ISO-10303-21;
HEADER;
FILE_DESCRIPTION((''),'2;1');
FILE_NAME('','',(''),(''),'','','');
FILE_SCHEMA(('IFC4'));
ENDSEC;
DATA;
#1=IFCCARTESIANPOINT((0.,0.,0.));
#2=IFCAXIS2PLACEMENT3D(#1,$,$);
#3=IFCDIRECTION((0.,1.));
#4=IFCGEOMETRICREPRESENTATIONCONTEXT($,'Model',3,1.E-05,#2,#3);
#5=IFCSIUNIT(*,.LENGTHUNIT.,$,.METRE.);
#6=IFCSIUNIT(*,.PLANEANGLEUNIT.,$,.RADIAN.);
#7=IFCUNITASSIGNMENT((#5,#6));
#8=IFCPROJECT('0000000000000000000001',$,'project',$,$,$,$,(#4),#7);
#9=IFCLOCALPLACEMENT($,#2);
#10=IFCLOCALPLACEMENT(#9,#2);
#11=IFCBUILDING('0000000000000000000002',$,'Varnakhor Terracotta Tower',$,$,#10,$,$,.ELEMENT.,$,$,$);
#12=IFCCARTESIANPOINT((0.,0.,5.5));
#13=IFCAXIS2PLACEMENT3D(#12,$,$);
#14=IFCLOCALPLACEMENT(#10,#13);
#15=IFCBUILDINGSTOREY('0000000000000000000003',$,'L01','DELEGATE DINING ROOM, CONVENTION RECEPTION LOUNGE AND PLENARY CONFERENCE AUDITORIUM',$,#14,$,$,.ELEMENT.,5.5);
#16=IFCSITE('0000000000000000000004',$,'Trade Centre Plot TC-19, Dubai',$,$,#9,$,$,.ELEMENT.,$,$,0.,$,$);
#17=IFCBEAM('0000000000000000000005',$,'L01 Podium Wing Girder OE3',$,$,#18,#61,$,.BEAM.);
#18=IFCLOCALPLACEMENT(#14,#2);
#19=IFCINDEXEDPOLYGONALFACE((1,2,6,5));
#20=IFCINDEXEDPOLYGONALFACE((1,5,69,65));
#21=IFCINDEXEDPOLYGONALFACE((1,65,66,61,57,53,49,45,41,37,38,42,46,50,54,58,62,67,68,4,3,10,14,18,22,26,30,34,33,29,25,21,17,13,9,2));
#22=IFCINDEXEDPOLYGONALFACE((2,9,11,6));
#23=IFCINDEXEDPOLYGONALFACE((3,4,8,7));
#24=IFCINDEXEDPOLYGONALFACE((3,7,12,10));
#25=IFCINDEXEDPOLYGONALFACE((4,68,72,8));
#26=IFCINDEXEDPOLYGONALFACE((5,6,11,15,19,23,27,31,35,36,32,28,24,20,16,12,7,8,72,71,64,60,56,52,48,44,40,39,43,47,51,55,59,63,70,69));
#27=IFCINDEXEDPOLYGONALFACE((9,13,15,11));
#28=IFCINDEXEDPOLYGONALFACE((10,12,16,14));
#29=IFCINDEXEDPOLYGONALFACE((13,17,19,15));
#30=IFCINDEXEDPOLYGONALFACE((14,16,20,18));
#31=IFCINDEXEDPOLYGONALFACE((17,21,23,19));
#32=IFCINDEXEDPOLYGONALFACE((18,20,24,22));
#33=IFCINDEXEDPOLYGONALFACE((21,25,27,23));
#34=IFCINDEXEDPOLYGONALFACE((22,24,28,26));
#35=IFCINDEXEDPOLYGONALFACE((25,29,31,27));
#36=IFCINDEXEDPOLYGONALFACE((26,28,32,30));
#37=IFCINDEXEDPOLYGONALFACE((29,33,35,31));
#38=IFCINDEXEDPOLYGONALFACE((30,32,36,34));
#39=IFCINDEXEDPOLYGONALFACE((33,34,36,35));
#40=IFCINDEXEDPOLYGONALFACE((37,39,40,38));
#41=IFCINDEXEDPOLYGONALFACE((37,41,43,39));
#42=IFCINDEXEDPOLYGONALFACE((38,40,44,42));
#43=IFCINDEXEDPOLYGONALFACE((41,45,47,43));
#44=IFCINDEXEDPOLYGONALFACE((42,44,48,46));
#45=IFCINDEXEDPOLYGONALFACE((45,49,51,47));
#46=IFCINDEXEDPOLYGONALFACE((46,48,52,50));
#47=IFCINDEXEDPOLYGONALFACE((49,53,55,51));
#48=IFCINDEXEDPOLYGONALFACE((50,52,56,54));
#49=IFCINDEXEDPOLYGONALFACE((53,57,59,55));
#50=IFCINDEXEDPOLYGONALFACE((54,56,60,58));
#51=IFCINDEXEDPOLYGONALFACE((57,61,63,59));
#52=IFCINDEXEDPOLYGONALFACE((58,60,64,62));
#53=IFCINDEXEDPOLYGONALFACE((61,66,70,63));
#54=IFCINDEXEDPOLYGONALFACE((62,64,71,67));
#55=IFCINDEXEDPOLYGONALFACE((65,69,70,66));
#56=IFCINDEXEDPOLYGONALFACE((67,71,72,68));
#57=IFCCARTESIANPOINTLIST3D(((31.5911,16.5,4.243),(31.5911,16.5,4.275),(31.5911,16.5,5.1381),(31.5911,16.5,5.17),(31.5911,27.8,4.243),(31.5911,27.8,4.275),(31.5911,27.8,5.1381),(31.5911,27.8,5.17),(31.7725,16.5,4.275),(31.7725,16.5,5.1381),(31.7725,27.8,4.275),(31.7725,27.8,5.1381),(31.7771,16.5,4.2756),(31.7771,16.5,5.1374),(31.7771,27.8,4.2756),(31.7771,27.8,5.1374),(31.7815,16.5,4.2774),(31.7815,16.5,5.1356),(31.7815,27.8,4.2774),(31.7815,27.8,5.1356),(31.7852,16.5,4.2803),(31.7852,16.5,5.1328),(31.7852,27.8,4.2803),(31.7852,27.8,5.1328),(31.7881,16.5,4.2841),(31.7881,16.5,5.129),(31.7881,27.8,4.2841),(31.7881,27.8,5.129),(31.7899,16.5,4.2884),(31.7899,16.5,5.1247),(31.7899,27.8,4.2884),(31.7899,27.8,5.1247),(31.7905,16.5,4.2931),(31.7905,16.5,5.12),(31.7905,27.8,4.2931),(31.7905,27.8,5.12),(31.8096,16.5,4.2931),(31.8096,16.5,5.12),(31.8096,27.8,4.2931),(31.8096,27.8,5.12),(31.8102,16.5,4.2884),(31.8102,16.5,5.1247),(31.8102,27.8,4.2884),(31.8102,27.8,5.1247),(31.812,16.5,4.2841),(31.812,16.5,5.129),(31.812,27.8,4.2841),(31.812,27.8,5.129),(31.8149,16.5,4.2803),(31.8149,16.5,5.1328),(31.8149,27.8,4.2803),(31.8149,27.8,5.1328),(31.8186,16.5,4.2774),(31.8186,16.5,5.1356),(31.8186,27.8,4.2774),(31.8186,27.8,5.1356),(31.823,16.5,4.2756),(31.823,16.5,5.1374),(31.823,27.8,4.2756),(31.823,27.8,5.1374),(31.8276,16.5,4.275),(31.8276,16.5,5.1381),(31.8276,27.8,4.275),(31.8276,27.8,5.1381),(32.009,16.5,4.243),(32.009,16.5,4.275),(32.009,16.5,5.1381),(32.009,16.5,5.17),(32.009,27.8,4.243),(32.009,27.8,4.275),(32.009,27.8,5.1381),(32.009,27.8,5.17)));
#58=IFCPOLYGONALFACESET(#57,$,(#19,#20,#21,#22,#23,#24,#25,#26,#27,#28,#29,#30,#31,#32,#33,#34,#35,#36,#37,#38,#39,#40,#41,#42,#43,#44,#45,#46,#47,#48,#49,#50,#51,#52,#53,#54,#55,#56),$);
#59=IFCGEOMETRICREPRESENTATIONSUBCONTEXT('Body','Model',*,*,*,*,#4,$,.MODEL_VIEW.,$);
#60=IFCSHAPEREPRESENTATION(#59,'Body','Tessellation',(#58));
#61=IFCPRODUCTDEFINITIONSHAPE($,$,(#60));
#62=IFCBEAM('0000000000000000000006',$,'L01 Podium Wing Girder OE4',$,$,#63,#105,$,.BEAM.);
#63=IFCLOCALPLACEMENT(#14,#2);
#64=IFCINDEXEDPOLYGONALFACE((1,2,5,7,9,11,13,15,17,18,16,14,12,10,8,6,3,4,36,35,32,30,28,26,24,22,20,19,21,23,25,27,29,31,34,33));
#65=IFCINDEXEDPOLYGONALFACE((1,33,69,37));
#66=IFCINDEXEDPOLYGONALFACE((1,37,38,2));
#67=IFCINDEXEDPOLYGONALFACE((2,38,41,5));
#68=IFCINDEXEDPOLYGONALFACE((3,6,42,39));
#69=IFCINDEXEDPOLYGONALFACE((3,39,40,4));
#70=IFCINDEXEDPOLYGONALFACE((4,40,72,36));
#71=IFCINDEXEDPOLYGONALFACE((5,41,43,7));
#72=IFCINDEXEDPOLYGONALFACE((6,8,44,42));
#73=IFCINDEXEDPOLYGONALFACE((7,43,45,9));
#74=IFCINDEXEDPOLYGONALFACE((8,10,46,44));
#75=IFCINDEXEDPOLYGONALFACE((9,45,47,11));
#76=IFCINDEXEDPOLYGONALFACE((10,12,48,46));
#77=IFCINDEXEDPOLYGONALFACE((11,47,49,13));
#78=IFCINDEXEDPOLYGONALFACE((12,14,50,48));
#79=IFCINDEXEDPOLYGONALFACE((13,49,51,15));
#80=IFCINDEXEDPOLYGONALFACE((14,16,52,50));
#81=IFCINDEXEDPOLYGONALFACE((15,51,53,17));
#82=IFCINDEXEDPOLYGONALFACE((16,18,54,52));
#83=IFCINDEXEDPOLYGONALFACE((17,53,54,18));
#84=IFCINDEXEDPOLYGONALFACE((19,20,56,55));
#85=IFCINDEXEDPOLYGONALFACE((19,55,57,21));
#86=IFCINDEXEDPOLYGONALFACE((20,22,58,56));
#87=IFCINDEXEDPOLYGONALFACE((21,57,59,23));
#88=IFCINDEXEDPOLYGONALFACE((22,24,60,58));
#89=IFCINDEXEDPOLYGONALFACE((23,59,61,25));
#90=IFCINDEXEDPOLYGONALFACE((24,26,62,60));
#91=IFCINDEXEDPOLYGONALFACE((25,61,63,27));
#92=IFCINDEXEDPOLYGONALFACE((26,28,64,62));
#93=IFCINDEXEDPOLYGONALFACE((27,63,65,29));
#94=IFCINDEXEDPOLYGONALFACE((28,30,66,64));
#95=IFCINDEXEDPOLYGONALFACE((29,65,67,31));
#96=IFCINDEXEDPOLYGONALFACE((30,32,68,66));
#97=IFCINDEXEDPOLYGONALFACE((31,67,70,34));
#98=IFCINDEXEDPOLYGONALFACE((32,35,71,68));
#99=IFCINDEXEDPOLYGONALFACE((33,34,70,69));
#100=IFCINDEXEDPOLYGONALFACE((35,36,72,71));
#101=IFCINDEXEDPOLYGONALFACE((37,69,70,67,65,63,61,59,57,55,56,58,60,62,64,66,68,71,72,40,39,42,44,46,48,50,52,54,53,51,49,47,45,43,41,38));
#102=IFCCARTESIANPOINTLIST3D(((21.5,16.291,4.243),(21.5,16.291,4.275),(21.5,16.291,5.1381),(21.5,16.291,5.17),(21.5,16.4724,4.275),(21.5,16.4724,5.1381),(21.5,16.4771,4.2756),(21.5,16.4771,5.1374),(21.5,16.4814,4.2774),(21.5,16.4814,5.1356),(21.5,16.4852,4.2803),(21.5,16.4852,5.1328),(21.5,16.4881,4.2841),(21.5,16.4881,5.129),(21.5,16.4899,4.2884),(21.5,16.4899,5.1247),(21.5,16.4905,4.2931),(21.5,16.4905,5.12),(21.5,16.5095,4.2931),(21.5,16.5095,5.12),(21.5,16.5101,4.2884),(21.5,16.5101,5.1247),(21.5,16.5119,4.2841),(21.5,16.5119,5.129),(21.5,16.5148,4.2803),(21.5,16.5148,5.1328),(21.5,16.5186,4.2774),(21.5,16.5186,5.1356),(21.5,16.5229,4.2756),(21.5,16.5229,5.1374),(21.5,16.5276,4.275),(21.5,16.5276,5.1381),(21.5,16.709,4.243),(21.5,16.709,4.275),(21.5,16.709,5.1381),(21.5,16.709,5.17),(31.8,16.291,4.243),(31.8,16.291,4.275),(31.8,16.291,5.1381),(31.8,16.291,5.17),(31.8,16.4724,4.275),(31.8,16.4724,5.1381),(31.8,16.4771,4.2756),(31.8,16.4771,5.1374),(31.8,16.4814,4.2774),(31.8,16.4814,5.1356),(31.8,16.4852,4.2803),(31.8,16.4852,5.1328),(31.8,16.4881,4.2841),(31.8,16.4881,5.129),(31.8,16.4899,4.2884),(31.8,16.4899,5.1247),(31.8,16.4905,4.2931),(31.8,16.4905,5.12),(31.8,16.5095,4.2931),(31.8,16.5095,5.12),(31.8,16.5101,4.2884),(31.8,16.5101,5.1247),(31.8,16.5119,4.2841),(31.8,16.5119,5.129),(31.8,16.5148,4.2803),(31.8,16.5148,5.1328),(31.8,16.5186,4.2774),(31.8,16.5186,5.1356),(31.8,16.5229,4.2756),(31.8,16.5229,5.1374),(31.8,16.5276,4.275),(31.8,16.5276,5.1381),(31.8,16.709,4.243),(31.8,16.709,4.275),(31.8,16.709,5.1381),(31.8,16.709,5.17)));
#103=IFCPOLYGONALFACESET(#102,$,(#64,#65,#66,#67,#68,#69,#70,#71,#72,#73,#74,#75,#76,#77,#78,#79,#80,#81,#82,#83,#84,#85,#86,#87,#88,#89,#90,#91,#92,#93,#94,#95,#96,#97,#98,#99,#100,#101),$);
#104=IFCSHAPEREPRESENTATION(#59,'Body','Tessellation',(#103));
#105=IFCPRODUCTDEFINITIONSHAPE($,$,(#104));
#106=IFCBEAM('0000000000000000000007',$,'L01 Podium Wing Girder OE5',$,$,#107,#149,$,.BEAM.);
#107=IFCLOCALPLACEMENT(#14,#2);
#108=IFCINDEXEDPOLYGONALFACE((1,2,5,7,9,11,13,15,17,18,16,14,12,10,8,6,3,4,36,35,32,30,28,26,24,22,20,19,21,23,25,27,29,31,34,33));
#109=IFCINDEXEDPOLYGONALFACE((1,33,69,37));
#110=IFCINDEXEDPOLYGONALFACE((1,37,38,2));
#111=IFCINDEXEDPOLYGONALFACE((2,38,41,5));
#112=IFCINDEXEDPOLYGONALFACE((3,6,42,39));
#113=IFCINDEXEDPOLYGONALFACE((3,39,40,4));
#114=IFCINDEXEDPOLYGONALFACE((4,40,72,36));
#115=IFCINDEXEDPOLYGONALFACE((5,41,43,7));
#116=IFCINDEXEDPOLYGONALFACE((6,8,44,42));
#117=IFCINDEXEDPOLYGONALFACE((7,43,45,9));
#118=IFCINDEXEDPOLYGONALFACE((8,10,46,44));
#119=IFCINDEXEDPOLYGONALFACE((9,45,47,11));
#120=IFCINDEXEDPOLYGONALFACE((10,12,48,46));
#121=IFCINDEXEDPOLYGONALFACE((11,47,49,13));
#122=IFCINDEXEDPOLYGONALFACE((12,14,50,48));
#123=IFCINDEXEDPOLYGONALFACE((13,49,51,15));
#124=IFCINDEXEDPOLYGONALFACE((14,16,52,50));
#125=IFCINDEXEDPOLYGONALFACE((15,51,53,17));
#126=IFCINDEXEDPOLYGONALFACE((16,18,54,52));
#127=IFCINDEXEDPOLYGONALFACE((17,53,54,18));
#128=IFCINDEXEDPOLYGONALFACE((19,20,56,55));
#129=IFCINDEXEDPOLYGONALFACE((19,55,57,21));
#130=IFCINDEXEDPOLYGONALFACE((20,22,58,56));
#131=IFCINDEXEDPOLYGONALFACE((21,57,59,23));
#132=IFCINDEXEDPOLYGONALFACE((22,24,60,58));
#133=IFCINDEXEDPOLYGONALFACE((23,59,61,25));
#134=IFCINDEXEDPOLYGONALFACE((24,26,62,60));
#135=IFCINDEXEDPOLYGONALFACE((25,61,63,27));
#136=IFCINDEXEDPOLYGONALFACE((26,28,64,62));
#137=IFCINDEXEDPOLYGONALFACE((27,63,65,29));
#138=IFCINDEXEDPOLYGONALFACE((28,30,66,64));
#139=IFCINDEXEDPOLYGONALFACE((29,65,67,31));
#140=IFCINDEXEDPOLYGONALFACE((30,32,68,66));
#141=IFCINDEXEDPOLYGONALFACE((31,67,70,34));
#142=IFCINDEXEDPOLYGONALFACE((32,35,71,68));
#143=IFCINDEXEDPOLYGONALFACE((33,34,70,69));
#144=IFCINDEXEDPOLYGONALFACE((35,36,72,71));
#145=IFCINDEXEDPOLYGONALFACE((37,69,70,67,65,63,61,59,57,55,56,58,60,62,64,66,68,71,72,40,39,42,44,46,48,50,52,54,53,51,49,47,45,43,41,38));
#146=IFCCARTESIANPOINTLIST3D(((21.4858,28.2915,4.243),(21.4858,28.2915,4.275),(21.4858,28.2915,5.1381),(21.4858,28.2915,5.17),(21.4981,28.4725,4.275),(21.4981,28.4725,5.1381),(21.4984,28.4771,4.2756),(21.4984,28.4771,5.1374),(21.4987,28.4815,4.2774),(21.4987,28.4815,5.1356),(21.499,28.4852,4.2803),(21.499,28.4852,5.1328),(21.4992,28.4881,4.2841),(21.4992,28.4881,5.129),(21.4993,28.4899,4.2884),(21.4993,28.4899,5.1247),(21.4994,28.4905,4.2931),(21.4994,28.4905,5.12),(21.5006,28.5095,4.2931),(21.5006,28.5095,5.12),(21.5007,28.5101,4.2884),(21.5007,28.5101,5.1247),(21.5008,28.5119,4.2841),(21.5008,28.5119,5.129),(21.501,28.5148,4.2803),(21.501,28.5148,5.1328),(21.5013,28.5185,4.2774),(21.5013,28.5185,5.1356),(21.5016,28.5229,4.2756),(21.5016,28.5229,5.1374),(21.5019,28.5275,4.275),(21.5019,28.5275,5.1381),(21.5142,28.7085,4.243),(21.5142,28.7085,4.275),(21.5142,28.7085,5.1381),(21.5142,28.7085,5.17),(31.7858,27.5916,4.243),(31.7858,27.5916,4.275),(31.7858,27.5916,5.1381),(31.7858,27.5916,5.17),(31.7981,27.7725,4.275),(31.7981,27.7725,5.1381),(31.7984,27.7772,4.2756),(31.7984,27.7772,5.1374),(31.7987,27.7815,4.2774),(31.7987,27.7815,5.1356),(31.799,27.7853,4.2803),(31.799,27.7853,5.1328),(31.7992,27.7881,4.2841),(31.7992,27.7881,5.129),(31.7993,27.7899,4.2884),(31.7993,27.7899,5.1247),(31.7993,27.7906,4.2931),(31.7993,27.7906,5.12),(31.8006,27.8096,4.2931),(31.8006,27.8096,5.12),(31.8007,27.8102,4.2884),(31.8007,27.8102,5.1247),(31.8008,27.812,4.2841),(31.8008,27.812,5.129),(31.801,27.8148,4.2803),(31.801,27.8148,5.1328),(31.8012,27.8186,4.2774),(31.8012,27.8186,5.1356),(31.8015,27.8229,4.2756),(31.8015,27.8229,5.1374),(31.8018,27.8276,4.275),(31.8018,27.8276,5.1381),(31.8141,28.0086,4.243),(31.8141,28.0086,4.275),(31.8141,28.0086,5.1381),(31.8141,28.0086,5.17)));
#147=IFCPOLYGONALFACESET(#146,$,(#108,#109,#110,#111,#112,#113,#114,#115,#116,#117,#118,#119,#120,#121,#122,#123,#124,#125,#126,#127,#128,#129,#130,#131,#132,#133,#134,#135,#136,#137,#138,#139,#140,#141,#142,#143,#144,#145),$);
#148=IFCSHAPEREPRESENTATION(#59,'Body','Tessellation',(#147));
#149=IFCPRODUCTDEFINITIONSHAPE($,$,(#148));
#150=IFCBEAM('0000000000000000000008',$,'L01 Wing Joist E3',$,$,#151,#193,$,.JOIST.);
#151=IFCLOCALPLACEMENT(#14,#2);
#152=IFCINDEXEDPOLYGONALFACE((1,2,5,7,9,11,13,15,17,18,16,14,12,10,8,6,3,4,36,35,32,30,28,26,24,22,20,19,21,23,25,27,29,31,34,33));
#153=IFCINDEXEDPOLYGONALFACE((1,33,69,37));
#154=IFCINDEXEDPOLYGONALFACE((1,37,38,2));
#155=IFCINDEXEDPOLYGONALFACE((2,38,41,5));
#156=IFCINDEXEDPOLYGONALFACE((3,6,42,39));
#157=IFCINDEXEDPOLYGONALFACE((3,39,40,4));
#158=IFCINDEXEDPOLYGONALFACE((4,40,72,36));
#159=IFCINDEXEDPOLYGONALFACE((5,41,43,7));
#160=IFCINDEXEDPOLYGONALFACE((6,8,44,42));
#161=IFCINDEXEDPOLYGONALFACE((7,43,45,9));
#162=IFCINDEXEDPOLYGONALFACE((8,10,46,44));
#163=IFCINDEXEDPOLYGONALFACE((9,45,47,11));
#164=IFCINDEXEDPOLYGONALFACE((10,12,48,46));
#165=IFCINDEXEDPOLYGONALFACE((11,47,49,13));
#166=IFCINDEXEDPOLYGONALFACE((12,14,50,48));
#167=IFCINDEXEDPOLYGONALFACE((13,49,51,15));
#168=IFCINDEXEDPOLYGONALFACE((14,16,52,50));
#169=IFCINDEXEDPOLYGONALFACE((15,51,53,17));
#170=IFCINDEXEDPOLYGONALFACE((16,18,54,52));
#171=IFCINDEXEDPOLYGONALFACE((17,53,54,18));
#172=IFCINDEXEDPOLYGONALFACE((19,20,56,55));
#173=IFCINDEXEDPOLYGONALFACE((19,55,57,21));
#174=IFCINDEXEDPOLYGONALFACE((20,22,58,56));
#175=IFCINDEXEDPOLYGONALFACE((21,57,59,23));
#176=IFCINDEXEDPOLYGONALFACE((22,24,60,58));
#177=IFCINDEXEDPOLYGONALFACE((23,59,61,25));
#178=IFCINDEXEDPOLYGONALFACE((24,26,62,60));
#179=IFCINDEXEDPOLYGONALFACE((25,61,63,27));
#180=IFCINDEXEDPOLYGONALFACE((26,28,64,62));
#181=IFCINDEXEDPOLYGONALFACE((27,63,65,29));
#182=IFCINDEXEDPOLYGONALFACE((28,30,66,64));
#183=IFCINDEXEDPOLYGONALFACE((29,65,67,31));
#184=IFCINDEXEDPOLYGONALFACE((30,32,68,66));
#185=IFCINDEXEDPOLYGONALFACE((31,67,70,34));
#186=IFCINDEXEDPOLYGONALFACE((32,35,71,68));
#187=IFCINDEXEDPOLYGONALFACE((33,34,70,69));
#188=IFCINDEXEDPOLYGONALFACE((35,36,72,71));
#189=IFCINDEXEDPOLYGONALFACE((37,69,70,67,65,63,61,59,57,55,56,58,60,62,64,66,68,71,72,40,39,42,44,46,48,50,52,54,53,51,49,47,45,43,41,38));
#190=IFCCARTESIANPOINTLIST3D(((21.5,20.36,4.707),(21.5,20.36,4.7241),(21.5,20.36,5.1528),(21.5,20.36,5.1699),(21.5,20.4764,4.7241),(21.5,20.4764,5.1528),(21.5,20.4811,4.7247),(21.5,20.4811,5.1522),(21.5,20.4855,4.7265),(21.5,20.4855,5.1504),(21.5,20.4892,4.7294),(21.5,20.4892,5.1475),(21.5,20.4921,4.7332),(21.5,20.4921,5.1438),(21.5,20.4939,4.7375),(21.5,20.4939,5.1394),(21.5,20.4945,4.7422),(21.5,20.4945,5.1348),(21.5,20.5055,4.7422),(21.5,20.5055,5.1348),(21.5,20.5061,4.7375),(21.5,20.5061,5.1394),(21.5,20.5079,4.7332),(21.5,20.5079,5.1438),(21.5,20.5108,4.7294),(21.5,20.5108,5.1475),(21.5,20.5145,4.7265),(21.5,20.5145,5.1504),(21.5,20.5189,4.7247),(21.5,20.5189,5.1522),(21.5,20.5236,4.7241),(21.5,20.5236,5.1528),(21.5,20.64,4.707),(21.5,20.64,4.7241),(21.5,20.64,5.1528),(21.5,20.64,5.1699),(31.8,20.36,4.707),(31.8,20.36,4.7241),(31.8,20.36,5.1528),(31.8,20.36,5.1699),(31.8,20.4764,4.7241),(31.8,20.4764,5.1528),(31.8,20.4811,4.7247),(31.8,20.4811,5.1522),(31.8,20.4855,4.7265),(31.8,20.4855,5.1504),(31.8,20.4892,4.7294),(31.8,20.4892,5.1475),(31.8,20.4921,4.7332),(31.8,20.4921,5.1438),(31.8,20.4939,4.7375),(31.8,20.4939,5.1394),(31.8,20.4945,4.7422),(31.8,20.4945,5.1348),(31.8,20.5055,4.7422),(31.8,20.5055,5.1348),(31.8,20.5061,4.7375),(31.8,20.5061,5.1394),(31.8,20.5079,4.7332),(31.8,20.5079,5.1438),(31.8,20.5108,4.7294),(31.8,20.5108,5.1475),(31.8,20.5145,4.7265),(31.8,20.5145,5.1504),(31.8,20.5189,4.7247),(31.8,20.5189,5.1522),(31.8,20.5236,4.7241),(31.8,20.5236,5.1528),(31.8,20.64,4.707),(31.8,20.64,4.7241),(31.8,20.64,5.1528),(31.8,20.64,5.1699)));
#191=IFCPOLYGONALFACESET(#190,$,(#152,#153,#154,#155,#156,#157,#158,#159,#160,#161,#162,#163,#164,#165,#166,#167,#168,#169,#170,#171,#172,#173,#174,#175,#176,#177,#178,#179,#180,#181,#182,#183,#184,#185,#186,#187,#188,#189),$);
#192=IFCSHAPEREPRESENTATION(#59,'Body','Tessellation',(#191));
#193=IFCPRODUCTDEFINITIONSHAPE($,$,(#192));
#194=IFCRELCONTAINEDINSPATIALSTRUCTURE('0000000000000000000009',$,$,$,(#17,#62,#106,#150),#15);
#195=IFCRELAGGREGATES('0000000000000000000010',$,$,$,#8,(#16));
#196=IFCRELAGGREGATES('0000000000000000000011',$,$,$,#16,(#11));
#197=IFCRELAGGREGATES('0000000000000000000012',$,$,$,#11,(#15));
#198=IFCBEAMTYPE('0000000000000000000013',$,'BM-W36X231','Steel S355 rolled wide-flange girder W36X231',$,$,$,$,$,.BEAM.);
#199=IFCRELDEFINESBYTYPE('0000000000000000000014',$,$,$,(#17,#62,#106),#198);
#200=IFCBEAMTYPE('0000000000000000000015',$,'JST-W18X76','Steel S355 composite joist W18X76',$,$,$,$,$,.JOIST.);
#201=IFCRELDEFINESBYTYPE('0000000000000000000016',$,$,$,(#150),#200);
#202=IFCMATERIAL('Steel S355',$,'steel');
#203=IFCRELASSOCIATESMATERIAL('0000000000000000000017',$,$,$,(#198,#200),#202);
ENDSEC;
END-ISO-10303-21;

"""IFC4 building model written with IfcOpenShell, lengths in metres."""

from ifc_helpers import new_model, si_unit, direction, frame, origin, origin_2d, place, context, subcontext, project, spatial, i_section, extrude, source, transform, mapped, material, material_profile, profile_set, type_object, element, save


model = new_model("IFC4")

# Units and contexts
model_context = context("Model", 3, precision=1e-05, world=origin(), true_north=direction((0.0, 1.0)))
body_context = subcontext(model_context, "Body", "Model", "MODEL_VIEW")
ifc_project = project(units=[si_unit("LENGTHUNIT", "METRE"), si_unit("PLANEANGLEUNIT", "RADIAN")], contexts=[model_context])

# Site, building, storey
site_placement = place(None, origin())
site = spatial("IfcSite", under=ifc_project, at=site_placement, Name="Trade Centre Plot TC-19, Dubai", CompositionType="ELEMENT", RefElevation=0.0)
building_placement = place(site_placement, origin())
building = spatial("IfcBuilding", under=site, at=building_placement, Name="Varnakhor Terracotta Tower", CompositionType="ELEMENT")
storey_placement = place(building_placement, frame((0.0, 0.0, 5.5)))
storey = spatial("IfcBuildingStorey", under=building, at=storey_placement, Name="L01", Description="DELEGATE DINING ROOM, CONVENTION RECEPTION LOUNGE AND PLENARY CONFERENCE AUDITORIUM", CompositionType="ELEMENT", Elevation=5.5)

# Beams
ifc_material_1 = material(Name="Steel S355", Category="steel")
ifc_material_profile_1 = material_profile(ifc_material_1, i_section(OverallWidth=0.418, OverallDepth=0.927, WebThickness=0.019, FlangeThickness=0.032, FilletRadius=0.0181, at=origin_2d()), Name="W36X231")
ifc_profile_set_1 = profile_set([ifc_material_profile_1], Name="Steel S355")
beam_type_1 = type_object("IfcBeamType", Name="BM-W36X231", Description="Steel S355 rolled wide-flange girder W36X231", PredefinedType="BEAM", material=ifc_profile_set_1)
shared_shape_1 = source(origin(), body_context, "Body", "SweptSolid", [
    extrude(i_section(OverallWidth=0.418, OverallDepth=0.927, WebThickness=0.019, FlangeThickness=0.032, FilletRadius=0.0181, at=origin_2d()), origin(), (0.0, 0.0, 1.0), 11.3),
])
beam_1_placement = place(storey_placement, frame((31.8, 16.5, 4.7065), z_axis=(0.0, 1.0, 0.0), x_axis=(-1.0, 0.0, 0.0)))
element("IfcBeam", 1, at=beam_1_placement, inside=storey, type_object=beam_type_1, Name="L01 Podium Wing Girder OE3", PredefinedType="BEAM", context=body_context, shape_type="MappedRepresentation", body=[
    mapped(shared_shape_1, transform((0.0, 0.0, 0.0), scale=1.0)),
])
shared_shape_2 = source(origin(), body_context, "Body", "SweptSolid", [
    extrude(i_section(OverallWidth=0.418, OverallDepth=0.927, WebThickness=0.019, FlangeThickness=0.032, FilletRadius=0.0181, at=origin_2d()), origin(), (0.0, 0.0, 1.0), 10.3),
])
beam_2_placement = place(storey_placement, frame((21.5, 16.5, 4.7065), z_axis=(1.0, 0.0, 0.0), x_axis=(0.0, 1.0, 0.0)))
element("IfcBeam", 2, at=beam_2_placement, inside=storey, type_object=beam_type_1, Name="L01 Podium Wing Girder OE4", PredefinedType="BEAM", context=body_context, shape_type="MappedRepresentation", body=[
    mapped(shared_shape_2, transform((0.0, 0.0, 0.0), scale=1.0)),
])
shared_shape_3 = source(origin(), body_context, "Body", "SweptSolid", [
    extrude(i_section(OverallWidth=0.418, OverallDepth=0.927, WebThickness=0.019, FlangeThickness=0.032, FilletRadius=0.0181, at=origin_2d()), origin(), (0.0, 0.0, 1.0), 10.3237),
])
beam_3_placement = place(storey_placement, frame((21.5, 28.5, 4.7065), z_axis=(0.997699, -0.0678, 0.0), x_axis=(0.0678, 0.997699, 0.0)))
element("IfcBeam", 3, at=beam_3_placement, inside=storey, type_object=beam_type_1, Name="L01 Podium Wing Girder OE5", PredefinedType="BEAM", context=body_context, shape_type="MappedRepresentation", body=[
    mapped(shared_shape_3, transform((0.0, 0.0, 0.0), scale=1.0)),
])
ifc_material_profile_2 = material_profile(ifc_material_1, i_section(OverallWidth=0.28, OverallDepth=0.4629, WebThickness=0.011, FlangeThickness=0.0171, FilletRadius=0.0181, at=origin_2d()), Name="W18X76")
ifc_profile_set_2 = profile_set([ifc_material_profile_2], Name="Steel S355")
beam_type_2 = type_object("IfcBeamType", Name="JST-W18X76", Description="Steel S355 composite joist W18X76", PredefinedType="JOIST", material=ifc_profile_set_2)
shared_shape_4 = source(origin(), body_context, "Body", "SweptSolid", [
    extrude(i_section(OverallWidth=0.28, OverallDepth=0.4629, WebThickness=0.011, FlangeThickness=0.0171, FilletRadius=0.0181, at=origin_2d()), origin(), (0.0, 0.0, 1.0), 10.3),
])
for number, where, z_axis, x_axis, name in (
    (4, (21.5, 20.5, 4.9385), (1.0, 0.0, 0.0), (0.0, 1.0, 0.0), "L01 Wing Joist E3"),
):
    element("IfcBeam", number, at=place(storey_placement, frame(where, z_axis=z_axis, x_axis=x_axis)), inside=storey, type_object=beam_type_2, Name=name, PredefinedType="JOIST", context=body_context, shape_type="MappedRepresentation", body=[
        mapped(shared_shape_4, transform((0.0, 0.0, 0.0), scale=1.0)),
    ])

save(model, "model.ifc")
